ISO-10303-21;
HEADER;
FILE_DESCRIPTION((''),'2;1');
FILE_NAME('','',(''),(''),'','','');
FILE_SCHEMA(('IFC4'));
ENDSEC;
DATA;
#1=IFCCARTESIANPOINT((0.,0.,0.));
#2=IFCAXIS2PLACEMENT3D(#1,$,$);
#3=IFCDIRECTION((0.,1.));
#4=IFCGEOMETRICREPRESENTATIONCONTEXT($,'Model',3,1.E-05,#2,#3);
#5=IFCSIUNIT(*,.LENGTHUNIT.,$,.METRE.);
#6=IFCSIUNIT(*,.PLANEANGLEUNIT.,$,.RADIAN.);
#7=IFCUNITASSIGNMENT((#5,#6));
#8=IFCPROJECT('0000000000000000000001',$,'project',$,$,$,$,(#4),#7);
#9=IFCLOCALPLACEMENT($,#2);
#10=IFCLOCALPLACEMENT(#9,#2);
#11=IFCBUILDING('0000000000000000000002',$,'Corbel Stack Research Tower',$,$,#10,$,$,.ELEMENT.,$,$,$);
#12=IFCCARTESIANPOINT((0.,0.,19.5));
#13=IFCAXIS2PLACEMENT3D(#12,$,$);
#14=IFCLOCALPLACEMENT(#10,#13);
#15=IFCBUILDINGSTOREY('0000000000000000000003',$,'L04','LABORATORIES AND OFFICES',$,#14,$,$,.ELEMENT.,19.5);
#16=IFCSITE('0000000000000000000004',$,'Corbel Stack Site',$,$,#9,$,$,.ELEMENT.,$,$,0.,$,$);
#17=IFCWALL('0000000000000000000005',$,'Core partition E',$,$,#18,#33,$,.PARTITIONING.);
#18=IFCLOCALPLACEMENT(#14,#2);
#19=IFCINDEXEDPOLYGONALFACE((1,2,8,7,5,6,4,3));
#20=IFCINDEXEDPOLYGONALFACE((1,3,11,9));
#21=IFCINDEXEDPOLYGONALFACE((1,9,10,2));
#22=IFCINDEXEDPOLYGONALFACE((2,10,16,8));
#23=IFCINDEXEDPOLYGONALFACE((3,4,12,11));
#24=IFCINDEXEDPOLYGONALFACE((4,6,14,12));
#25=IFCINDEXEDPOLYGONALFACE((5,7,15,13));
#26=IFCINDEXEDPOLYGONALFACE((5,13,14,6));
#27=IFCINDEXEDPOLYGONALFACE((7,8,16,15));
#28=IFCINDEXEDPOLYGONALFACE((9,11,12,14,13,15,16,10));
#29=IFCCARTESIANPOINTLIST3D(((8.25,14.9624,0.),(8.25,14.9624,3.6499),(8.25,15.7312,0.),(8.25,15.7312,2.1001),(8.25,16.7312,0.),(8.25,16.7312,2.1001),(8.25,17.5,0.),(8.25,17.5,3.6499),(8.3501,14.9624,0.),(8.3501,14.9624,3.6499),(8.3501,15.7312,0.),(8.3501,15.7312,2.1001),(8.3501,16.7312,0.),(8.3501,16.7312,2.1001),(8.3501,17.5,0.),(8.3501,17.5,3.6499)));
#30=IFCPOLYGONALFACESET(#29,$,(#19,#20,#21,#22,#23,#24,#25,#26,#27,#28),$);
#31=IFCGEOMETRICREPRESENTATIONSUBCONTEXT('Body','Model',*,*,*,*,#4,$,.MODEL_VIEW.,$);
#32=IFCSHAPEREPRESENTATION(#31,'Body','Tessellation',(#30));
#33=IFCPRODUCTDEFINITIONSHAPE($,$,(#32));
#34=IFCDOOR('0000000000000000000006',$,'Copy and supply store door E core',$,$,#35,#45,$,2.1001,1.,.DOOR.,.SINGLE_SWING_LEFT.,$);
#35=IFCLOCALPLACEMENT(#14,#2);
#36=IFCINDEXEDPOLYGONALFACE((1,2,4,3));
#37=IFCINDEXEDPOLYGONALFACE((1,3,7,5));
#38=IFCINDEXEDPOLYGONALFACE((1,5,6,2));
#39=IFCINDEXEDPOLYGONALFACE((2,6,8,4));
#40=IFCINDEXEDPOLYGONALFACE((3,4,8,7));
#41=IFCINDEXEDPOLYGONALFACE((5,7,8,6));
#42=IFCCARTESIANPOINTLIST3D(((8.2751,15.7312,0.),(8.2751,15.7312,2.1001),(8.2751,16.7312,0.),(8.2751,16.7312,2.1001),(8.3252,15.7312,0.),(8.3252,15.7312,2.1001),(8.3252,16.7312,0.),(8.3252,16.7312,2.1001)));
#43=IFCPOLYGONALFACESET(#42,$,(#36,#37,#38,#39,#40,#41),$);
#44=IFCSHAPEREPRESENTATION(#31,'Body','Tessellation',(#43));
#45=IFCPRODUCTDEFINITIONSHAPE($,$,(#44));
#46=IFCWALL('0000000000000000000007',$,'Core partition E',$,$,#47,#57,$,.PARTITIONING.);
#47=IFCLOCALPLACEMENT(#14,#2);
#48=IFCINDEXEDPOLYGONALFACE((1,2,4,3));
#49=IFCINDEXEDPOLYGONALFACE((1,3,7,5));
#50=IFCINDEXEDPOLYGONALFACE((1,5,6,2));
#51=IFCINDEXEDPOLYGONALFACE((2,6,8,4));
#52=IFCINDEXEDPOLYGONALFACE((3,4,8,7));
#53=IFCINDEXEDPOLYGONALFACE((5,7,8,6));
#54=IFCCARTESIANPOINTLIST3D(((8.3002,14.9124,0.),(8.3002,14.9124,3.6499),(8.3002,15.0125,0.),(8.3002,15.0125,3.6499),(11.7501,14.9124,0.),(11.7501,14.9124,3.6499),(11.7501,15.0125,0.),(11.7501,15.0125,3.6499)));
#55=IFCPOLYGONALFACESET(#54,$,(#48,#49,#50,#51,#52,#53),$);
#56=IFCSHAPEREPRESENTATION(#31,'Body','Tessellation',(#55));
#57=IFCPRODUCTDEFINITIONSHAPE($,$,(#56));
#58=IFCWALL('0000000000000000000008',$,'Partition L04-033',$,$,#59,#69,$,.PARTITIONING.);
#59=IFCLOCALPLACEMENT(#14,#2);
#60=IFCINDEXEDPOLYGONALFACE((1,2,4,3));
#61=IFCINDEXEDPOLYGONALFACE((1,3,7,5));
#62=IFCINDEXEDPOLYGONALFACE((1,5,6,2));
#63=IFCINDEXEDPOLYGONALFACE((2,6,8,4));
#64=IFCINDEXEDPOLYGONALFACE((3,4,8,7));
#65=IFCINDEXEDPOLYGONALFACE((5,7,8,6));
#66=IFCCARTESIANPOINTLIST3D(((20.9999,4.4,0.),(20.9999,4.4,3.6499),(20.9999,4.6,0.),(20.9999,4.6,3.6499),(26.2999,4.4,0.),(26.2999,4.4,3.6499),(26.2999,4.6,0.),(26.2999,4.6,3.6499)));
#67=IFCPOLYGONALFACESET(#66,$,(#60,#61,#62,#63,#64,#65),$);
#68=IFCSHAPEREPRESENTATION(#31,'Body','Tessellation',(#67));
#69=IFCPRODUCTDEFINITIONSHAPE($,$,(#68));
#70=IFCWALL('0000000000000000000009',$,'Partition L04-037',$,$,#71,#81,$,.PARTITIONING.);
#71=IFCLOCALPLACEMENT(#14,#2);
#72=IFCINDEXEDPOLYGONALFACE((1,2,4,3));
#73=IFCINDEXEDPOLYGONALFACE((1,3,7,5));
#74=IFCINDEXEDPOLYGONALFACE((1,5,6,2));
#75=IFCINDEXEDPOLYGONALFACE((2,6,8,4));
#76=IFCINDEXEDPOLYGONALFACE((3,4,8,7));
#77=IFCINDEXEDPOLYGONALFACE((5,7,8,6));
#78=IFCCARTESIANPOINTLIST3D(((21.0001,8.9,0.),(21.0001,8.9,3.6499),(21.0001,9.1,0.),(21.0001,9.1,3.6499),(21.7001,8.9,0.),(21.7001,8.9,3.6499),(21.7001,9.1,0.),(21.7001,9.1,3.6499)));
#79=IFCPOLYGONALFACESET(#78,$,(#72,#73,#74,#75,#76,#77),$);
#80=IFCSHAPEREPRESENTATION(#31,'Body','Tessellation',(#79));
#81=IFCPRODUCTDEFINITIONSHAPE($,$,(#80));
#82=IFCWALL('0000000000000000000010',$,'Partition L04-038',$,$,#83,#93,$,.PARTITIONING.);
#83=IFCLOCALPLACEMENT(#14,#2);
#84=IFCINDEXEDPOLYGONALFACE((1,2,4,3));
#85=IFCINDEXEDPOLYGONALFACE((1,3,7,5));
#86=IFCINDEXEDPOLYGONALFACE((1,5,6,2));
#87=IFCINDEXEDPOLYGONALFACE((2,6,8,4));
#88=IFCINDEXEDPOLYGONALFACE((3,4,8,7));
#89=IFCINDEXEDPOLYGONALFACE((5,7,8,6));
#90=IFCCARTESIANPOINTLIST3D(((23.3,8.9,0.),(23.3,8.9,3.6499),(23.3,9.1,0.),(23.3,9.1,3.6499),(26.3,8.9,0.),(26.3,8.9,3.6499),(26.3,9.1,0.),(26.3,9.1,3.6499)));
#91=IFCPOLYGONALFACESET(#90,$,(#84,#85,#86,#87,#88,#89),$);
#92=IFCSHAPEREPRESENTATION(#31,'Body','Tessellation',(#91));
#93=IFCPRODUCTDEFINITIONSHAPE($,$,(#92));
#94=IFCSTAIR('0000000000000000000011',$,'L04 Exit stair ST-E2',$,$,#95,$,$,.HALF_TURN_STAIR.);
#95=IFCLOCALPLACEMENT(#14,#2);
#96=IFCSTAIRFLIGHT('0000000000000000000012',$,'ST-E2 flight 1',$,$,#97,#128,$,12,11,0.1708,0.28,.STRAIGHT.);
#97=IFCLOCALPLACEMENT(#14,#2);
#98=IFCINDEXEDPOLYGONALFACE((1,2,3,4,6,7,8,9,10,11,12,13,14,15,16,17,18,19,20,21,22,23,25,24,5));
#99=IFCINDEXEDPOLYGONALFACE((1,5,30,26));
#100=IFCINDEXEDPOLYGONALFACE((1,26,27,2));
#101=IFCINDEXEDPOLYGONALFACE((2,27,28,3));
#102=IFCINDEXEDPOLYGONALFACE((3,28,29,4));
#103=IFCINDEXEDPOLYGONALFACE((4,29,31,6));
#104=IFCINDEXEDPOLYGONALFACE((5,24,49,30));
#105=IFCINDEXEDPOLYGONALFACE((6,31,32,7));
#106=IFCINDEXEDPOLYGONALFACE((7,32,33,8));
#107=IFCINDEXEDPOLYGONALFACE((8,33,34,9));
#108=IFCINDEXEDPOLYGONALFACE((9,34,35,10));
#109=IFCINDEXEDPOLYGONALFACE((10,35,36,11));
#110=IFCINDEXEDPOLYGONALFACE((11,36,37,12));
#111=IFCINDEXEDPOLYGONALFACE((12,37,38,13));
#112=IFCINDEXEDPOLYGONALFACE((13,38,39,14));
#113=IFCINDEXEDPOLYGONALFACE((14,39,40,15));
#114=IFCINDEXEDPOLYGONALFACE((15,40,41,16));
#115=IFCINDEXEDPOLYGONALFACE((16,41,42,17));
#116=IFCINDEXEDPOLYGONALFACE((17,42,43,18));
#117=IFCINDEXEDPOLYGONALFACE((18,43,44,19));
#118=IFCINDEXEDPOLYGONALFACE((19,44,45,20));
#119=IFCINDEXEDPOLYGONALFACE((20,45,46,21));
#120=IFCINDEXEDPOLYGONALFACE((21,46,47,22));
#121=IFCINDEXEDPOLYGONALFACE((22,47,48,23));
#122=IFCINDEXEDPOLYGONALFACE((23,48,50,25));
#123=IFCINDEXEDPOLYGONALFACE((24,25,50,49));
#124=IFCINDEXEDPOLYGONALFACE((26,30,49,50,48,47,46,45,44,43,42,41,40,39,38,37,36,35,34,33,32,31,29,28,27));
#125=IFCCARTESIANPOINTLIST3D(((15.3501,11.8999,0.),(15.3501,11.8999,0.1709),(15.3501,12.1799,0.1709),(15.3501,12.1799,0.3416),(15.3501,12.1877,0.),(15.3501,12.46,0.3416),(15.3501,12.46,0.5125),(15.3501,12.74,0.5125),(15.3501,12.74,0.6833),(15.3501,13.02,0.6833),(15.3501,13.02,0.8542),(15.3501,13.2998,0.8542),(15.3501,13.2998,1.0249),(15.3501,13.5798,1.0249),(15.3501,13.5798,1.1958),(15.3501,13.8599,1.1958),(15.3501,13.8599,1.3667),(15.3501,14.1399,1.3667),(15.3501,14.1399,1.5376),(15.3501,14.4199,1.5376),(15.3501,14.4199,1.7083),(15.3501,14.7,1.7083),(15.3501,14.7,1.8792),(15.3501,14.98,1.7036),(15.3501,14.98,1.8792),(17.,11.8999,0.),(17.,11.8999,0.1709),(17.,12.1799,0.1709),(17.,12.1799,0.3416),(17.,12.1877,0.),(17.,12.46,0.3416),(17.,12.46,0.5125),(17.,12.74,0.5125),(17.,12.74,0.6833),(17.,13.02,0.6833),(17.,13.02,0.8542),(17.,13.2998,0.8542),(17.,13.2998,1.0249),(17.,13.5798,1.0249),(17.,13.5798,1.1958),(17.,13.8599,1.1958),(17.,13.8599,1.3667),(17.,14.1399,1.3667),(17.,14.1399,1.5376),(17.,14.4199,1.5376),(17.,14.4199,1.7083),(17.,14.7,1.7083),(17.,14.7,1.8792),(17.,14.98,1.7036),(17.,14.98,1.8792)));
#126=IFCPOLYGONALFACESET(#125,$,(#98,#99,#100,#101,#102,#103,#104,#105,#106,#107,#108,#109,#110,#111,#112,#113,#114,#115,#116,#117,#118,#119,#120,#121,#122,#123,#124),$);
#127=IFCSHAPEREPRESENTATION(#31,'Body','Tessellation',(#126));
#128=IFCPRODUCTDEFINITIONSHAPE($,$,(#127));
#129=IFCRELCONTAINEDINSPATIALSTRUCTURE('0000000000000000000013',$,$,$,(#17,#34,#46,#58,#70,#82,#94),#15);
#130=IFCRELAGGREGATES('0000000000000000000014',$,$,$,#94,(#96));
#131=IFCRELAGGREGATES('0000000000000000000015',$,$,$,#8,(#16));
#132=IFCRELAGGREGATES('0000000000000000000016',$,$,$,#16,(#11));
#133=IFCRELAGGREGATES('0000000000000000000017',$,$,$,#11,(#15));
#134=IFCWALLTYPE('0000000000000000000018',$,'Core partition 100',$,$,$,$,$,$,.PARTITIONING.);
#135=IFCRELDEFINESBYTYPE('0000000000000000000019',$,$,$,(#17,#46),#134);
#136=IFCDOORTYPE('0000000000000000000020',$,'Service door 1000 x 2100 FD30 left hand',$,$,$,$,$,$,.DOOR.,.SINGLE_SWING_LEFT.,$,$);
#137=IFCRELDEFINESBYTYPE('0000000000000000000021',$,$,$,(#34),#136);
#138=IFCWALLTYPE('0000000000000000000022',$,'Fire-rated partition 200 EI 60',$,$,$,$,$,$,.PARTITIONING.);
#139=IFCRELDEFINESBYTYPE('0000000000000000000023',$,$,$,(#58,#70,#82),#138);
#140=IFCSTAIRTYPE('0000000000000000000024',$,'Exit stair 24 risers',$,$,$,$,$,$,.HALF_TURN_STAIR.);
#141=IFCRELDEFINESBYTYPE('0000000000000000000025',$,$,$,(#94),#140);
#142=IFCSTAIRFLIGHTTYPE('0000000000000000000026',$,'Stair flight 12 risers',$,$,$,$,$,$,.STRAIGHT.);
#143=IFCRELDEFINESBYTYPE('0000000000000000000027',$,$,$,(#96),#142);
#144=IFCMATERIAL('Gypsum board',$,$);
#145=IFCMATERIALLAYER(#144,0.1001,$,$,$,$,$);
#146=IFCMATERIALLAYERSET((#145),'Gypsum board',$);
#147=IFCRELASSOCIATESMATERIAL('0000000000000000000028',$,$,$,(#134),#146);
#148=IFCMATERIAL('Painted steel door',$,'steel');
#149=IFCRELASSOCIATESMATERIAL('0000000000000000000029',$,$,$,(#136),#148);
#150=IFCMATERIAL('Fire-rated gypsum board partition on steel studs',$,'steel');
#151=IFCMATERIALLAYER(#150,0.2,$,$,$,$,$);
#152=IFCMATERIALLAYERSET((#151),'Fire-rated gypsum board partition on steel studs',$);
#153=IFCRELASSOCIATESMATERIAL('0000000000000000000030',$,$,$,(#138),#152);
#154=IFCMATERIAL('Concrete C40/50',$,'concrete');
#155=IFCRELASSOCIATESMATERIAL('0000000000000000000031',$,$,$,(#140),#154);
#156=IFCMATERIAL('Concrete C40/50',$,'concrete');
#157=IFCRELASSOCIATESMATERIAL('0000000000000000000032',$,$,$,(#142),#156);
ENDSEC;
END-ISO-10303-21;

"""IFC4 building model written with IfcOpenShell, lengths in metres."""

from ifc_helpers import new_model, si_unit, direction, frame, frame_2d, origin, place, context, subcontext, project, spatial, polyline, rectangle, outline, extrude, material, layer, layer_set, type_object, element, fill, aggregate, save


model = new_model("IFC4")

# Units and contexts
model_context = context("Model", 3, precision=1e-05, world=origin(), true_north=direction((0.0, 1.0)))
body_context = subcontext(model_context, "Body", "Model", "MODEL_VIEW")
ifc_project = project(units=[si_unit("LENGTHUNIT", "METRE"), si_unit("PLANEANGLEUNIT", "RADIAN")], contexts=[model_context])

# Site, building, storey
site_placement = place(None, origin())
site = spatial("IfcSite", under=ifc_project, at=site_placement, Name="Corbel Stack Site", CompositionType="ELEMENT", RefElevation=0.0)
building_placement = place(site_placement, origin())
building = spatial("IfcBuilding", under=site, at=building_placement, Name="Corbel Stack Research Tower", CompositionType="ELEMENT")
storey_placement = place(building_placement, frame((0.0, 0.0, 19.5)))
storey = spatial("IfcBuildingStorey", under=building, at=storey_placement, Name="L04", Description="LABORATORIES AND OFFICES", CompositionType="ELEMENT", Elevation=19.5)

# Shared definitions
ifc_material_1 = material(Name="Gypsum board")
ifc_layer_1 = layer(ifc_material_1, 0.1001)
ifc_layer_set_1 = layer_set([ifc_layer_1], Name="Gypsum board")
wall_type_1 = type_object("IfcWallType", Name="Core partition 100", PredefinedType="PARTITIONING", material=ifc_layer_set_1)

# Wall, opening, door
wall_1_placement = place(storey_placement, frame((8.3, 14.9624, 0.0), z_axis=(0.0, 0.0, 1.0), x_axis=(0.0, 1.0, 0.0)))
wall_1 = element("IfcWall", 1, at=wall_1_placement, inside=storey, type_object=wall_type_1, Name="Core partition E", PredefinedType="PARTITIONING", context=body_context, shape_type="SweptSolid", body=[
    extrude(rectangle(XDim=2.5376, YDim=0.1001, at=frame_2d((1.2688, 0.0))), origin(), (0.0, 0.0, 1.0), 3.6499),
])
opening_1_placement = place(wall_1_placement, frame((0.7688, 0.0, 0.0)))
opening_1 = element("IfcOpeningElement", 2, at=opening_1_placement, cuts=wall_1, PredefinedType="OPENING", context=body_context, shape_type="SweptSolid", body=[
    extrude(rectangle(XDim=1.0, YDim=2.1001, at=frame_2d((0.5, 1.05))), frame((0.0, 0.0601, 0.0), z_axis=(0.0, -1.0, 0.0), x_axis=(1.0, 0.0, 0.0)), (0.0, 0.0, 1.0), 0.1201),
])
ifc_material_2 = material(Name="Painted steel door", Category="steel")
door_type_1 = type_object("IfcDoorType", Name="Service door 1000 x 2100 FD30 left hand", OperationType="SINGLE_SWING_LEFT", PredefinedType="DOOR", material=ifc_material_2)
door_1_placement = place(opening_1_placement, origin())
door_1 = element("IfcDoor", 3, at=door_1_placement, inside=storey, type_object=door_type_1, Name="Copy and supply store door E core", OperationType="SINGLE_SWING_LEFT", OverallHeight=2.1001, OverallWidth=1.0, PredefinedType="DOOR", context=body_context, shape_type="SweptSolid", body=[
    extrude(rectangle(XDim=1.0, YDim=2.1001, at=frame_2d((0.5, 1.05))), frame((0.0, 0.0249, 0.0), z_axis=(0.0, -1.0, 0.0), x_axis=(1.0, 0.0, 0.0)), (0.0, 0.0, 1.0), 0.05),
])
fill(opening_1, door_1)

# Walls
wall_2_placement = place(storey_placement, frame((8.3, 14.9624, 0.0), z_axis=(0.0, 0.0, 1.0), x_axis=(1.0, 0.0, 0.0)))
element("IfcWall", 4, at=wall_2_placement, inside=storey, type_object=wall_type_1, Name="Core partition E", PredefinedType="PARTITIONING", context=body_context, shape_type="SweptSolid", body=[
    extrude(rectangle(XDim=3.45, YDim=0.1001, at=frame_2d((1.7251, 0.0))), origin(), (0.0, 0.0, 1.0), 3.6499),
])
ifc_material_3 = material(Name="Fire-rated gypsum board partition on steel studs", Category="steel")
ifc_layer_2 = layer(ifc_material_3, 0.2)
ifc_layer_set_2 = layer_set([ifc_layer_2], Name="Fire-rated gypsum board partition on steel studs")
wall_type_2 = type_object("IfcWallType", Name="Fire-rated partition 200 EI 60", PredefinedType="PARTITIONING", material=ifc_layer_set_2)
wall_3_placement = place(storey_placement, frame((21.0, 4.5, 0.0), z_axis=(0.0, 0.0, 1.0), x_axis=(1.0, 0.0, 0.0)))
element("IfcWall", 5, at=wall_3_placement, inside=storey, type_object=wall_type_2, Name="Partition L04-033", PredefinedType="PARTITIONING", context=body_context, shape_type="SweptSolid", body=[
    extrude(rectangle(XDim=5.3, YDim=0.2, at=frame_2d((2.6499, 0.0))), origin(), (0.0, 0.0, 1.0), 3.6499),
])
wall_4_placement = place(storey_placement, frame((21.0, 9.0, 0.0), z_axis=(0.0, 0.0, 1.0), x_axis=(1.0, 0.0, 0.0)))
element("IfcWall", 6, at=wall_4_placement, inside=storey, type_object=wall_type_2, Name="Partition L04-037", PredefinedType="PARTITIONING", context=body_context, shape_type="SweptSolid", body=[
    extrude(rectangle(XDim=0.7, YDim=0.2, at=frame_2d((0.3501, 0.0))), origin(), (0.0, 0.0, 1.0), 3.6499),
])
wall_5_placement = place(storey_placement, frame((23.3, 9.0, 0.0), z_axis=(0.0, 0.0, 1.0), x_axis=(1.0, 0.0, 0.0)))
element("IfcWall", 7, at=wall_5_placement, inside=storey, type_object=wall_type_2, Name="Partition L04-038", PredefinedType="PARTITIONING", context=body_context, shape_type="SweptSolid", body=[
    extrude(rectangle(XDim=3.0, YDim=0.2, at=frame_2d((1.5, 0.0))), origin(), (0.0, 0.0, 1.0), 3.6499),
])

# Stair, stair flight
ifc_material_4 = material(Name="Concrete C40/50", Category="concrete")
stair_type = type_object("IfcStairType", Name="Exit stair 24 risers", PredefinedType="HALF_TURN_STAIR", material=ifc_material_4)
stair_placement = place(storey_placement, origin())
stair = element("IfcStair", 8, at=stair_placement, inside=storey, type_object=stair_type, Name="L04 Exit stair ST-E2", PredefinedType="HALF_TURN_STAIR")
ifc_material_5 = material(Name="Concrete C40/50", Category="concrete")
stair_flight_type = type_object("IfcStairFlightType", Name="Stair flight 12 risers", PredefinedType="STRAIGHT", material=ifc_material_5)
stair_flight_placement = place(storey_placement, frame((16.175, 11.8999, 0.0), z_axis=(0.0, 0.0, 1.0), x_axis=(0.0, 1.0, 0.0)))
stair_flight = element("IfcStairFlight", 9, at=stair_flight_placement, type_object=stair_flight_type, Name="ST-E2 flight 1", NumberOfRisers=12, NumberOfTreads=11, PredefinedType="STRAIGHT", RiserHeight=0.1708, TreadLength=0.28, context=body_context, shape_type="SweptSolid", body=[
    extrude(outline(polyline([(0.0, 0.0), (0.0, 0.1709), (0.28, 0.1709), (0.28, 0.3416), (0.5601, 0.3416), (0.5601, 0.5125), (0.8401, 0.5125), (0.8401, 0.6833), (1.1201, 0.6833), (1.1201, 0.8542), (1.3999, 0.8542), (1.3999, 1.0249), (1.6799, 1.0249), (1.6799, 1.1958), (1.96, 1.1958), (1.96, 1.3667), (2.24, 1.3667), (2.24, 1.5376), (2.52, 1.5376), (2.52, 1.7083), (2.8, 1.7083), (2.8, 1.8792), (3.0801, 1.8792), (3.0801, 2.05), (3.0801, 1.7036), (0.2878, 0.0), (0.0, 0.0)])), frame((0.0, 0.825, 0.0), z_axis=(0.0, -1.0, 0.0), x_axis=(1.0, 0.0, 0.0)), (0.0, 0.0, 1.0), 1.6499),
])
aggregate(stair, [stair_flight])

save(model, "model.ifc")
